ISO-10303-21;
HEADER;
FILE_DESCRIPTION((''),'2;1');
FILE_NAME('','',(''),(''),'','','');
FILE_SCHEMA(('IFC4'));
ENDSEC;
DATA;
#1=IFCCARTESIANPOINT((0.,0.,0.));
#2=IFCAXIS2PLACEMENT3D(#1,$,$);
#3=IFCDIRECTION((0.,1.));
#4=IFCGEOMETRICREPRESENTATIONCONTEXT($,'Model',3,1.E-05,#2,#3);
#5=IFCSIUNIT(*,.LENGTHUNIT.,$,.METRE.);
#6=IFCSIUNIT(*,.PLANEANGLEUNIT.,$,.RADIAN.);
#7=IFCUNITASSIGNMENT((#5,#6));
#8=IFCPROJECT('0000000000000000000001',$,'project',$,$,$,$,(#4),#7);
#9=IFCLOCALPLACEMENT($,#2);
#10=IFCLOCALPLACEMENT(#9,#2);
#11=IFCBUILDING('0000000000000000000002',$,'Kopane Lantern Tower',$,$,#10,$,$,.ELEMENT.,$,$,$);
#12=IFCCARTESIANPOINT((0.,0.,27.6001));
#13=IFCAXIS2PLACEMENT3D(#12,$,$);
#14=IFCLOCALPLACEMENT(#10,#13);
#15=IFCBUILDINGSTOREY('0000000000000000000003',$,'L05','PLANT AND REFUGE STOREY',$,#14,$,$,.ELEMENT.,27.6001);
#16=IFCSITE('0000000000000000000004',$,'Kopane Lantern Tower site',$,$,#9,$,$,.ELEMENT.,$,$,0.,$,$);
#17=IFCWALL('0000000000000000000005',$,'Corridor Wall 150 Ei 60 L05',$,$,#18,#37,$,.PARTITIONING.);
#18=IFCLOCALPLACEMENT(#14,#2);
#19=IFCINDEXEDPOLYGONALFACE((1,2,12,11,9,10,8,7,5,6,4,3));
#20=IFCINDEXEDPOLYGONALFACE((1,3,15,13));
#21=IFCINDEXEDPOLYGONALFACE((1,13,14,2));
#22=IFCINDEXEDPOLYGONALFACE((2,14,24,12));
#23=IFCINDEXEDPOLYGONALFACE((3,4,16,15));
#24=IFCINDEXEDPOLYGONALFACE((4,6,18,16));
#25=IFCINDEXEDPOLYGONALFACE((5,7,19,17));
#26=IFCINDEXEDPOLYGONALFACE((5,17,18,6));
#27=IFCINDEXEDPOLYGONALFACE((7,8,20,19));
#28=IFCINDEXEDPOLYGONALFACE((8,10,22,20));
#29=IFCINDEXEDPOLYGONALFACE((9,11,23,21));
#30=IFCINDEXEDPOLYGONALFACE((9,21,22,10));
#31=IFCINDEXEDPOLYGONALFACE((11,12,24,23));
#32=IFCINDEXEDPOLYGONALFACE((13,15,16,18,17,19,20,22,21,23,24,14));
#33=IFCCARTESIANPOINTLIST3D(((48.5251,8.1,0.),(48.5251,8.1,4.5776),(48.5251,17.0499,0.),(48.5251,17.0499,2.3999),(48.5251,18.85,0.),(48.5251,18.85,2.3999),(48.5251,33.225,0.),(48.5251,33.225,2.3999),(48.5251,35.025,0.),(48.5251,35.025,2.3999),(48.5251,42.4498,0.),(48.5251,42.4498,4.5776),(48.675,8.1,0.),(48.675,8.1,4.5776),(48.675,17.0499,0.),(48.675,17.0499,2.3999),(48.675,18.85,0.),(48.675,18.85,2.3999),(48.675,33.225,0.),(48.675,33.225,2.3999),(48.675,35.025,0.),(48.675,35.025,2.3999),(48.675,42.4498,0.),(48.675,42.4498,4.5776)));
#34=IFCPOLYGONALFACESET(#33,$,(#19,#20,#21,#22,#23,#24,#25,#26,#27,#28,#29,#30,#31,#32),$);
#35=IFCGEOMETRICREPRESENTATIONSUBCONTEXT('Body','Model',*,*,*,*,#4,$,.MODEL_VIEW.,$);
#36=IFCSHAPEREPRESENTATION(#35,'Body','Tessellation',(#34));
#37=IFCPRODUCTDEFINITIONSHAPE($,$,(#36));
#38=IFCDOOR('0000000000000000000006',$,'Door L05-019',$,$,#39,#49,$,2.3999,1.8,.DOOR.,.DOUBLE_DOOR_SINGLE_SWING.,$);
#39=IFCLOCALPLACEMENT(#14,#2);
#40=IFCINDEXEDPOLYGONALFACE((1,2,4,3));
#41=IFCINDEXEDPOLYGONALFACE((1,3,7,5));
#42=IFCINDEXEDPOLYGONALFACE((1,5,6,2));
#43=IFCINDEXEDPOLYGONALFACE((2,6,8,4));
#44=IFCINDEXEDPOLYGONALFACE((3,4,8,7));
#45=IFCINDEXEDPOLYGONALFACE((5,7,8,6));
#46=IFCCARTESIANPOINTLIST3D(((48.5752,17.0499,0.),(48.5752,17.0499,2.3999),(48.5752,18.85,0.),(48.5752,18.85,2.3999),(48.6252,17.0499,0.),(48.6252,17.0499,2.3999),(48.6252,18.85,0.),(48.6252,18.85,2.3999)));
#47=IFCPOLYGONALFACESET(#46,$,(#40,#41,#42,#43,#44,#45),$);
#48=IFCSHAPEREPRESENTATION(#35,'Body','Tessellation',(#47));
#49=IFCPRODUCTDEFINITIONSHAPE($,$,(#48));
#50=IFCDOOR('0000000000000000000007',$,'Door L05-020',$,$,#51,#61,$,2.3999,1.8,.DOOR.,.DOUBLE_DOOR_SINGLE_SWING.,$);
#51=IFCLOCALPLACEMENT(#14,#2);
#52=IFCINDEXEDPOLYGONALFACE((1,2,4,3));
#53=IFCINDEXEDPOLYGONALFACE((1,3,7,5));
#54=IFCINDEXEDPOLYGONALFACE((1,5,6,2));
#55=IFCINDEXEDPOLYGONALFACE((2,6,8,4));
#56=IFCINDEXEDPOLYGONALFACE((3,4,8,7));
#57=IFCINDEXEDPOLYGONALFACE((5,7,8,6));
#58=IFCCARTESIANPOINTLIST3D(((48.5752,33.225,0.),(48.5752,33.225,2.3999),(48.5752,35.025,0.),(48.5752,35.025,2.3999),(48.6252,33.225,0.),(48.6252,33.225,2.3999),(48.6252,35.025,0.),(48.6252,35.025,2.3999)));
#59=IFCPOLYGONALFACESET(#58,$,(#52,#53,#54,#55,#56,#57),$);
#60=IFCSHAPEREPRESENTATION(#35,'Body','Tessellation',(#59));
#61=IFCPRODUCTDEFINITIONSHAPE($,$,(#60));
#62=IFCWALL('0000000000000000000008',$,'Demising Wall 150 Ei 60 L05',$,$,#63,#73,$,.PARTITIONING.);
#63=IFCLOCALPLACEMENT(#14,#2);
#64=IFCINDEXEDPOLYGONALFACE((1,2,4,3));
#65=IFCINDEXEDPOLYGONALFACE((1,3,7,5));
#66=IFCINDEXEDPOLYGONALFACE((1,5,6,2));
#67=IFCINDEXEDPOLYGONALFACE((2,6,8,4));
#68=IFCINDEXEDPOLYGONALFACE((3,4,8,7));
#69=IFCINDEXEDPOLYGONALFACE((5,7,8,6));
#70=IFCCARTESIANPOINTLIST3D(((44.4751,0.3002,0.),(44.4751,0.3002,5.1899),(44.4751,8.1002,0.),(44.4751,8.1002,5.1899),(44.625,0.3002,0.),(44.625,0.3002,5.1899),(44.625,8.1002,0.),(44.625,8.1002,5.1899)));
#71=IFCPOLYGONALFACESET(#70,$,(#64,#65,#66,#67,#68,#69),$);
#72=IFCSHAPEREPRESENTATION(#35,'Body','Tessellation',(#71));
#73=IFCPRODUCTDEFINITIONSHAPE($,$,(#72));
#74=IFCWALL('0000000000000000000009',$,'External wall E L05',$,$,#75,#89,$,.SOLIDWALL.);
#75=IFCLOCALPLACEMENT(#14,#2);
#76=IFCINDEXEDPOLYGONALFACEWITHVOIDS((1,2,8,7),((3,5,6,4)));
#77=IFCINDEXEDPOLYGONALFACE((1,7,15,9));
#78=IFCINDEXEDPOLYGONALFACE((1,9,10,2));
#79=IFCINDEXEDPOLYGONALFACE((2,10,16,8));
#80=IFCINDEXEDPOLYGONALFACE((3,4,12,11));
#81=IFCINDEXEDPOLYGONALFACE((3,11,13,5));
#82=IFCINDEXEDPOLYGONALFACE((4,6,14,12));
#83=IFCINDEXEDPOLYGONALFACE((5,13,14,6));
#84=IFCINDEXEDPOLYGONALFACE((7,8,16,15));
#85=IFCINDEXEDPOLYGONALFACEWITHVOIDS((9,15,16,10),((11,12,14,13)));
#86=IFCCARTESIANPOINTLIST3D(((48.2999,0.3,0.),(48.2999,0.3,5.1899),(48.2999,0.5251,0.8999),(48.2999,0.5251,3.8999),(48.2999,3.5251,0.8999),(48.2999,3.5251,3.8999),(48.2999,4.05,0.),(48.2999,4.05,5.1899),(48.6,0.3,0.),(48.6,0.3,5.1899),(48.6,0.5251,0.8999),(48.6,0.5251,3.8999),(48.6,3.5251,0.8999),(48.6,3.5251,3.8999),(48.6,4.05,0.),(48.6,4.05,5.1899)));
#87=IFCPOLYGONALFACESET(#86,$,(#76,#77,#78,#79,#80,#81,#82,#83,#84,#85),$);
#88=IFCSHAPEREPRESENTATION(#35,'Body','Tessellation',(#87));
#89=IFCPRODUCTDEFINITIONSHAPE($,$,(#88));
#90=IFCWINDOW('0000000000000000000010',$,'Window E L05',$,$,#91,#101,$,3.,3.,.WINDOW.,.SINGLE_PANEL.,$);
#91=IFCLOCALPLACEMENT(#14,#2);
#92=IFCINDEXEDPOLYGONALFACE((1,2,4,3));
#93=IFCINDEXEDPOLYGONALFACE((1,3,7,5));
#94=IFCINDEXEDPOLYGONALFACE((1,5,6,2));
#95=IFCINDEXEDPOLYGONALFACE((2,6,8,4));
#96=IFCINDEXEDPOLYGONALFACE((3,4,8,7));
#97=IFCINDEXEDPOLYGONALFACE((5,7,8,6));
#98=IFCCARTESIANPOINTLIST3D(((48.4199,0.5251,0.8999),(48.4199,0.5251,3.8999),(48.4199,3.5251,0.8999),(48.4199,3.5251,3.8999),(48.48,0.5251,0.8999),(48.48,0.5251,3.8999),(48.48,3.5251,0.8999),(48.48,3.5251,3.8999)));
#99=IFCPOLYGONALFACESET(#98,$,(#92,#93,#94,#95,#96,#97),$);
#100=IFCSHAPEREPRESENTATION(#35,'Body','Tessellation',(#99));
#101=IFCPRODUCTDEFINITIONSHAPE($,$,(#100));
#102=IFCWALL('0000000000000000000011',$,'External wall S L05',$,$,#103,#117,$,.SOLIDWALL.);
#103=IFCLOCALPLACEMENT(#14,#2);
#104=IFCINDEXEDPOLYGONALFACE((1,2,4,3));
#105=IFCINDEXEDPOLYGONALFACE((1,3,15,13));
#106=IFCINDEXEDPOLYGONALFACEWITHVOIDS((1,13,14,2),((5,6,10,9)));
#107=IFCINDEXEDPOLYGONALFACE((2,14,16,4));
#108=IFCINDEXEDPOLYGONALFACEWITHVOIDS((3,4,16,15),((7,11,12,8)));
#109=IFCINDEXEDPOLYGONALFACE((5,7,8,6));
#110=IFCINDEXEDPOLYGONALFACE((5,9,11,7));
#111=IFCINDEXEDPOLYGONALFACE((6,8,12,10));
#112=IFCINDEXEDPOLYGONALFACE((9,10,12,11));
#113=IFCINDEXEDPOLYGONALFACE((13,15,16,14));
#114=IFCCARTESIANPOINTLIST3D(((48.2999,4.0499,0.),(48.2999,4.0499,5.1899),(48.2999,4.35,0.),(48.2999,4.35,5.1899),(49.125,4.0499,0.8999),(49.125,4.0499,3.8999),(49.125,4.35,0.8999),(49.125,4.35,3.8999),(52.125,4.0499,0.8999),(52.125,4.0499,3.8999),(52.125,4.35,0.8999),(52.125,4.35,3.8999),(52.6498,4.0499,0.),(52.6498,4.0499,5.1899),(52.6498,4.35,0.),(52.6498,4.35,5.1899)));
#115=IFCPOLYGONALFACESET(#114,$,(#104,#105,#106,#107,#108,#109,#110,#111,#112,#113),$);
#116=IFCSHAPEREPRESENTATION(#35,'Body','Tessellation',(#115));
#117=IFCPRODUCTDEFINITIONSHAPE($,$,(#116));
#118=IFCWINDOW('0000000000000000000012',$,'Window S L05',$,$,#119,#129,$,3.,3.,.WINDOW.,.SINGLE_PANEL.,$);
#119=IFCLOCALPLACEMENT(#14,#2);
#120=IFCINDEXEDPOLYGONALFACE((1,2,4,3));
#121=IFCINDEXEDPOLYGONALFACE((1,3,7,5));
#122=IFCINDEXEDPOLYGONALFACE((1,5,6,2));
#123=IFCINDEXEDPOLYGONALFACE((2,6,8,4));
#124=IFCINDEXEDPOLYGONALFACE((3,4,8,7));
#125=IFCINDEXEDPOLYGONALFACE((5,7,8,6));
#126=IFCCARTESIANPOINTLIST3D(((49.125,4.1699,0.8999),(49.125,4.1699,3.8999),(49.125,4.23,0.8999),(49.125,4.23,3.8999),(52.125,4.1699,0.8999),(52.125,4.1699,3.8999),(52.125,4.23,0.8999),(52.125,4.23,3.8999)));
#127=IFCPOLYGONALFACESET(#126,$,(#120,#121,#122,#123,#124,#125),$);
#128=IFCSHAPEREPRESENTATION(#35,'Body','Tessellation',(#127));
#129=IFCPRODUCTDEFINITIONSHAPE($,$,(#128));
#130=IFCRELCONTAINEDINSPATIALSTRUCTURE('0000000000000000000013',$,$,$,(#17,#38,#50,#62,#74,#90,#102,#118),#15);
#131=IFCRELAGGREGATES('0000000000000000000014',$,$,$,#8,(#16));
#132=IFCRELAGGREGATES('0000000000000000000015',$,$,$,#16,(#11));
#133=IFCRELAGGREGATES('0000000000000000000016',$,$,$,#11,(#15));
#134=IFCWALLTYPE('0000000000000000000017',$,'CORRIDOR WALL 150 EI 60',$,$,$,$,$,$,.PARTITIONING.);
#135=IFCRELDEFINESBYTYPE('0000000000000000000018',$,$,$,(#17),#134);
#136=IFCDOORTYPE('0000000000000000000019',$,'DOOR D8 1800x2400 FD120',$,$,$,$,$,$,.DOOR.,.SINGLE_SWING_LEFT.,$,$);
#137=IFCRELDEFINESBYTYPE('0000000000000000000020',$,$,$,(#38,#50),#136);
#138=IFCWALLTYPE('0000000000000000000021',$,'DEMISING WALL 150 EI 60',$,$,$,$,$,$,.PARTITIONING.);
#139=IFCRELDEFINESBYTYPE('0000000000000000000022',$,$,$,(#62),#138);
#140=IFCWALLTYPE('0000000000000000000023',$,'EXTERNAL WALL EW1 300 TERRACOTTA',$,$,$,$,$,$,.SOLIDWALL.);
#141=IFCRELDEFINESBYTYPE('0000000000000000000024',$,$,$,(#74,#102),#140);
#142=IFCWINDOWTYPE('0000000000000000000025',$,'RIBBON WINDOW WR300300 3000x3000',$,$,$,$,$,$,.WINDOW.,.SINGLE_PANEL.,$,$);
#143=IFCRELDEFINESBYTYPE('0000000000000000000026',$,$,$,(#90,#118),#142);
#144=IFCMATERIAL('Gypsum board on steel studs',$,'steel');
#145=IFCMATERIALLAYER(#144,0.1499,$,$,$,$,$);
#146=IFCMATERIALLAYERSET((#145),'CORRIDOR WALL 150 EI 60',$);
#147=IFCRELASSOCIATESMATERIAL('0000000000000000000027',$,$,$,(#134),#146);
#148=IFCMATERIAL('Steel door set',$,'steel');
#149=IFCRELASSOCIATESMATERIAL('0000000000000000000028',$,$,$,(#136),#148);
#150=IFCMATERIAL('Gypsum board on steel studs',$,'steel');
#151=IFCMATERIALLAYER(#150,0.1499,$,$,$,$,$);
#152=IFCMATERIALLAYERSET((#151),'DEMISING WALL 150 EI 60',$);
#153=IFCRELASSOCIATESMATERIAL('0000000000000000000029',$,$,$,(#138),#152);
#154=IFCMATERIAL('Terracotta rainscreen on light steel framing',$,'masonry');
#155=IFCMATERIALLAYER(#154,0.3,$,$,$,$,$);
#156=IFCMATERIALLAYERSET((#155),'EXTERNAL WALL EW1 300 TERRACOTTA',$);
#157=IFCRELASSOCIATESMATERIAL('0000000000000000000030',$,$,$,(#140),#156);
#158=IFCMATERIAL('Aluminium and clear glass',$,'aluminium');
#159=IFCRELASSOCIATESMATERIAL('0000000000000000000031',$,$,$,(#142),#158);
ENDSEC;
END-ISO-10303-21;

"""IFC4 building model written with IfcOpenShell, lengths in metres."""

from ifc_helpers import new_model, si_unit, direction, frame, frame_2d, origin, place, context, subcontext, project, spatial, rectangle, extrude, material, layer, layer_set, type_object, element, fill, save


model = new_model("IFC4")

# Units and contexts
model_context = context("Model", 3, precision=1e-05, world=origin(), true_north=direction((0.0, 1.0)))
body_context = subcontext(model_context, "Body", "Model", "MODEL_VIEW")
ifc_project = project(units=[si_unit("LENGTHUNIT", "METRE"), si_unit("PLANEANGLEUNIT", "RADIAN")], contexts=[model_context])

# Site, building, storey
site_placement = place(None, origin())
site = spatial("IfcSite", under=ifc_project, at=site_placement, Name="Kopane Lantern Tower site", CompositionType="ELEMENT", RefElevation=0.0)
building_placement = place(site_placement, origin())
building = spatial("IfcBuilding", under=site, at=building_placement, Name="Kopane Lantern Tower", CompositionType="ELEMENT")
storey_placement = place(building_placement, frame((0.0, 0.0, 27.6001)))
storey = spatial("IfcBuildingStorey", under=building, at=storey_placement, Name="L05", Description="PLANT AND REFUGE STOREY", CompositionType="ELEMENT", Elevation=27.6001)

# Wall, openings, doors
ifc_material_1 = material(Name="Gypsum board on steel studs", Category="steel")
ifc_layer_1 = layer(ifc_material_1, 0.1499)
ifc_layer_set_1 = layer_set([ifc_layer_1], Name="CORRIDOR WALL 150 EI 60")
wall_type_1 = type_object("IfcWallType", Name="CORRIDOR WALL 150 EI 60", PredefinedType="PARTITIONING", material=ifc_layer_set_1)
wall_1_placement = place(storey_placement, frame((48.6001, 8.1001, 0.0), z_axis=(0.0, 0.0, 1.0), x_axis=(0.0, 1.0, 0.0)))
wall_1 = element("IfcWall", 1, at=wall_1_placement, inside=storey, type_object=wall_type_1, Name="Corridor Wall 150 Ei 60 L05", PredefinedType="PARTITIONING", context=body_context, shape_type="SweptSolid", body=[
    extrude(rectangle(XDim=34.3499, YDim=0.1499, at=frame_2d((17.1748, 0.0))), origin(), (0.0, 0.0, 1.0), 4.5776),
])
opening_1_placement = place(wall_1_placement, frame((8.95, 0.0, 0.0)))
opening_1 = element("IfcOpeningElement", 2, at=opening_1_placement, cuts=wall_1, PredefinedType="OPENING", context=body_context, shape_type="SweptSolid", body=[
    extrude(rectangle(XDim=1.8, YDim=2.3999, at=frame_2d((0.8999, 1.2))), frame((0.0, 0.085, 0.0), z_axis=(0.0, -1.0, 0.0), x_axis=(1.0, 0.0, 0.0)), (0.0, 0.0, 1.0), 0.1699),
])
opening_2_placement = place(wall_1_placement, frame((25.125, 0.0, 0.0)))
opening_2 = element("IfcOpeningElement", 3, at=opening_2_placement, cuts=wall_1, PredefinedType="OPENING", context=body_context, shape_type="SweptSolid", body=[
    extrude(rectangle(XDim=1.8, YDim=2.3999, at=frame_2d((0.8999, 1.2))), frame((0.0, 0.085, 0.0), z_axis=(0.0, -1.0, 0.0), x_axis=(1.0, 0.0, 0.0)), (0.0, 0.0, 1.0), 0.1699),
])
ifc_material_2 = material(Name="Steel door set", Category="steel")
door_type = type_object("IfcDoorType", Name="DOOR D8 1800x2400 FD120", OperationType="SINGLE_SWING_LEFT", PredefinedType="DOOR", material=ifc_material_2)
door_1_placement = place(opening_1_placement, origin())
door_1 = element("IfcDoor", 4, at=door_1_placement, inside=storey, type_object=door_type, Name="Door L05-019", OperationType="DOUBLE_DOOR_SINGLE_SWING", OverallHeight=2.3999, OverallWidth=1.8, PredefinedType="DOOR", context=body_context, shape_type="SweptSolid", body=[
    extrude(rectangle(XDim=1.8, YDim=2.3999, at=frame_2d((0.8999, 1.2))), frame((0.0, 0.0249, 0.0), z_axis=(0.0, -1.0, 0.0), x_axis=(1.0, 0.0, 0.0)), (0.0, 0.0, 1.0), 0.05),
])
fill(opening_1, door_1)
door_2_placement = place(opening_2_placement, origin())
door_2 = element("IfcDoor", 5, at=door_2_placement, inside=storey, type_object=door_type, Name="Door L05-020", OperationType="DOUBLE_DOOR_SINGLE_SWING", OverallHeight=2.3999, OverallWidth=1.8, PredefinedType="DOOR", context=body_context, shape_type="SweptSolid", body=[
    extrude(rectangle(XDim=1.8, YDim=2.3999, at=frame_2d((0.8999, 1.2))), frame((0.0, 0.0249, 0.0), z_axis=(0.0, -1.0, 0.0), x_axis=(1.0, 0.0, 0.0)), (0.0, 0.0, 1.0), 0.05),
])
fill(opening_2, door_2)

# Wall
ifc_material_3 = material(Name="Gypsum board on steel studs", Category="steel")
ifc_layer_2 = layer(ifc_material_3, 0.1499)
ifc_layer_set_2 = layer_set([ifc_layer_2], Name="DEMISING WALL 150 EI 60")
wall_type_2 = type_object("IfcWallType", Name="DEMISING WALL 150 EI 60", PredefinedType="PARTITIONING", material=ifc_layer_set_2)
wall_2_placement = place(storey_placement, frame((44.55, 8.1001, 0.0), z_axis=(0.0, 0.0, 1.0), x_axis=(0.0, -1.0, 0.0)))
element("IfcWall", 6, at=wall_2_placement, inside=storey, type_object=wall_type_2, Name="Demising Wall 150 Ei 60 L05", PredefinedType="PARTITIONING", context=body_context, shape_type="SweptSolid", body=[
    extrude(rectangle(XDim=7.8, YDim=0.1499, at=frame_2d((3.8999, 0.0))), origin(), (0.0, 0.0, 1.0), 5.1899),
])

# Walls, openings, windows
ifc_material_4 = material(Name="Terracotta rainscreen on light steel framing", Category="masonry")
ifc_layer_3 = layer(ifc_material_4, 0.3)
ifc_layer_set_3 = layer_set([ifc_layer_3], Name="EXTERNAL WALL EW1 300 TERRACOTTA")
wall_type_3 = type_object("IfcWallType", Name="EXTERNAL WALL EW1 300 TERRACOTTA", PredefinedType="SOLIDWALL", material=ifc_layer_set_3)
wall_3_placement = place(storey_placement, frame((48.45, 0.3, 0.0), z_axis=(0.0, 0.0, 1.0), x_axis=(0.0, 1.0, 0.0)))
wall_3 = element("IfcWall", 7, at=wall_3_placement, inside=storey, type_object=wall_type_3, Name="External wall E L05", PredefinedType="SOLIDWALL", context=body_context, shape_type="SweptSolid", body=[
    extrude(rectangle(XDim=3.75, YDim=0.3, at=frame_2d((1.875, 0.0))), origin(), (0.0, 0.0, 1.0), 5.1899),
])
opening_3_placement = place(wall_3_placement, frame((0.2251, 0.0, 0.8999)))
opening_3 = element("IfcOpeningElement", 8, at=opening_3_placement, cuts=wall_3, PredefinedType="OPENING", context=body_context, shape_type="SweptSolid", body=[
    extrude(rectangle(XDim=3.0, YDim=3.0, at=frame_2d((1.5, 1.5))), frame((0.0, 0.1599, 0.0), z_axis=(0.0, -1.0, 0.0), x_axis=(1.0, 0.0, 0.0)), (0.0, 0.0, 1.0), 0.3201),
])
ifc_material_5 = material(Name="Aluminium and clear glass", Category="aluminium")
window_type = type_object("IfcWindowType", Name="RIBBON WINDOW WR300300 3000x3000", PartitioningType="SINGLE_PANEL", PredefinedType="WINDOW", material=ifc_material_5)
window_1_placement = place(opening_3_placement, origin())
window_1 = element("IfcWindow", 9, at=window_1_placement, inside=storey, type_object=window_type, Name="Window E L05", OverallHeight=3.0, OverallWidth=3.0, PartitioningType="SINGLE_PANEL", PredefinedType="WINDOW", context=body_context, shape_type="SweptSolid", body=[
    extrude(rectangle(XDim=3.0, YDim=3.0, at=frame_2d((1.5, 1.5))), frame((0.0, 0.03, 0.0), z_axis=(0.0, -1.0, 0.0), x_axis=(1.0, 0.0, 0.0)), (0.0, 0.0, 1.0), 0.0601),
])
fill(opening_3, window_1)
wall_4_placement = place(storey_placement, frame((48.3, 4.2, 0.0), z_axis=(0.0, 0.0, 1.0), x_axis=(1.0, 0.0, 0.0)))
wall_4 = element("IfcWall", 10, at=wall_4_placement, inside=storey, type_object=wall_type_3, Name="External wall S L05", PredefinedType="SOLIDWALL", context=body_context, shape_type="SweptSolid", body=[
    extrude(rectangle(XDim=4.3499, YDim=0.3, at=frame_2d((2.1748, 0.0))), origin(), (0.0, 0.0, 1.0), 5.1899),
])
opening_4_placement = place(wall_4_placement, frame((0.825, 0.0, 0.8999)))
opening_4 = element("IfcOpeningElement", 11, at=opening_4_placement, cuts=wall_4, PredefinedType="OPENING", context=body_context, shape_type="SweptSolid", body=[
    extrude(rectangle(XDim=3.0, YDim=3.0, at=frame_2d((1.5, 1.5))), frame((0.0, 0.1599, 0.0), z_axis=(0.0, -1.0, 0.0), x_axis=(1.0, 0.0, 0.0)), (0.0, 0.0, 1.0), 0.3201),
])
window_2_placement = place(opening_4_placement, origin())
window_2 = element("IfcWindow", 12, at=window_2_placement, inside=storey, type_object=window_type, Name="Window S L05", OverallHeight=3.0, OverallWidth=3.0, PartitioningType="SINGLE_PANEL", PredefinedType="WINDOW", context=body_context, shape_type="SweptSolid", body=[
    extrude(rectangle(XDim=3.0, YDim=3.0, at=frame_2d((1.5, 1.5))), frame((0.0, 0.03, 0.0), z_axis=(0.0, -1.0, 0.0), x_axis=(1.0, 0.0, 0.0)), (0.0, 0.0, 1.0), 0.0601),
])
fill(opening_4, window_2)

save(model, "model.ifc")
